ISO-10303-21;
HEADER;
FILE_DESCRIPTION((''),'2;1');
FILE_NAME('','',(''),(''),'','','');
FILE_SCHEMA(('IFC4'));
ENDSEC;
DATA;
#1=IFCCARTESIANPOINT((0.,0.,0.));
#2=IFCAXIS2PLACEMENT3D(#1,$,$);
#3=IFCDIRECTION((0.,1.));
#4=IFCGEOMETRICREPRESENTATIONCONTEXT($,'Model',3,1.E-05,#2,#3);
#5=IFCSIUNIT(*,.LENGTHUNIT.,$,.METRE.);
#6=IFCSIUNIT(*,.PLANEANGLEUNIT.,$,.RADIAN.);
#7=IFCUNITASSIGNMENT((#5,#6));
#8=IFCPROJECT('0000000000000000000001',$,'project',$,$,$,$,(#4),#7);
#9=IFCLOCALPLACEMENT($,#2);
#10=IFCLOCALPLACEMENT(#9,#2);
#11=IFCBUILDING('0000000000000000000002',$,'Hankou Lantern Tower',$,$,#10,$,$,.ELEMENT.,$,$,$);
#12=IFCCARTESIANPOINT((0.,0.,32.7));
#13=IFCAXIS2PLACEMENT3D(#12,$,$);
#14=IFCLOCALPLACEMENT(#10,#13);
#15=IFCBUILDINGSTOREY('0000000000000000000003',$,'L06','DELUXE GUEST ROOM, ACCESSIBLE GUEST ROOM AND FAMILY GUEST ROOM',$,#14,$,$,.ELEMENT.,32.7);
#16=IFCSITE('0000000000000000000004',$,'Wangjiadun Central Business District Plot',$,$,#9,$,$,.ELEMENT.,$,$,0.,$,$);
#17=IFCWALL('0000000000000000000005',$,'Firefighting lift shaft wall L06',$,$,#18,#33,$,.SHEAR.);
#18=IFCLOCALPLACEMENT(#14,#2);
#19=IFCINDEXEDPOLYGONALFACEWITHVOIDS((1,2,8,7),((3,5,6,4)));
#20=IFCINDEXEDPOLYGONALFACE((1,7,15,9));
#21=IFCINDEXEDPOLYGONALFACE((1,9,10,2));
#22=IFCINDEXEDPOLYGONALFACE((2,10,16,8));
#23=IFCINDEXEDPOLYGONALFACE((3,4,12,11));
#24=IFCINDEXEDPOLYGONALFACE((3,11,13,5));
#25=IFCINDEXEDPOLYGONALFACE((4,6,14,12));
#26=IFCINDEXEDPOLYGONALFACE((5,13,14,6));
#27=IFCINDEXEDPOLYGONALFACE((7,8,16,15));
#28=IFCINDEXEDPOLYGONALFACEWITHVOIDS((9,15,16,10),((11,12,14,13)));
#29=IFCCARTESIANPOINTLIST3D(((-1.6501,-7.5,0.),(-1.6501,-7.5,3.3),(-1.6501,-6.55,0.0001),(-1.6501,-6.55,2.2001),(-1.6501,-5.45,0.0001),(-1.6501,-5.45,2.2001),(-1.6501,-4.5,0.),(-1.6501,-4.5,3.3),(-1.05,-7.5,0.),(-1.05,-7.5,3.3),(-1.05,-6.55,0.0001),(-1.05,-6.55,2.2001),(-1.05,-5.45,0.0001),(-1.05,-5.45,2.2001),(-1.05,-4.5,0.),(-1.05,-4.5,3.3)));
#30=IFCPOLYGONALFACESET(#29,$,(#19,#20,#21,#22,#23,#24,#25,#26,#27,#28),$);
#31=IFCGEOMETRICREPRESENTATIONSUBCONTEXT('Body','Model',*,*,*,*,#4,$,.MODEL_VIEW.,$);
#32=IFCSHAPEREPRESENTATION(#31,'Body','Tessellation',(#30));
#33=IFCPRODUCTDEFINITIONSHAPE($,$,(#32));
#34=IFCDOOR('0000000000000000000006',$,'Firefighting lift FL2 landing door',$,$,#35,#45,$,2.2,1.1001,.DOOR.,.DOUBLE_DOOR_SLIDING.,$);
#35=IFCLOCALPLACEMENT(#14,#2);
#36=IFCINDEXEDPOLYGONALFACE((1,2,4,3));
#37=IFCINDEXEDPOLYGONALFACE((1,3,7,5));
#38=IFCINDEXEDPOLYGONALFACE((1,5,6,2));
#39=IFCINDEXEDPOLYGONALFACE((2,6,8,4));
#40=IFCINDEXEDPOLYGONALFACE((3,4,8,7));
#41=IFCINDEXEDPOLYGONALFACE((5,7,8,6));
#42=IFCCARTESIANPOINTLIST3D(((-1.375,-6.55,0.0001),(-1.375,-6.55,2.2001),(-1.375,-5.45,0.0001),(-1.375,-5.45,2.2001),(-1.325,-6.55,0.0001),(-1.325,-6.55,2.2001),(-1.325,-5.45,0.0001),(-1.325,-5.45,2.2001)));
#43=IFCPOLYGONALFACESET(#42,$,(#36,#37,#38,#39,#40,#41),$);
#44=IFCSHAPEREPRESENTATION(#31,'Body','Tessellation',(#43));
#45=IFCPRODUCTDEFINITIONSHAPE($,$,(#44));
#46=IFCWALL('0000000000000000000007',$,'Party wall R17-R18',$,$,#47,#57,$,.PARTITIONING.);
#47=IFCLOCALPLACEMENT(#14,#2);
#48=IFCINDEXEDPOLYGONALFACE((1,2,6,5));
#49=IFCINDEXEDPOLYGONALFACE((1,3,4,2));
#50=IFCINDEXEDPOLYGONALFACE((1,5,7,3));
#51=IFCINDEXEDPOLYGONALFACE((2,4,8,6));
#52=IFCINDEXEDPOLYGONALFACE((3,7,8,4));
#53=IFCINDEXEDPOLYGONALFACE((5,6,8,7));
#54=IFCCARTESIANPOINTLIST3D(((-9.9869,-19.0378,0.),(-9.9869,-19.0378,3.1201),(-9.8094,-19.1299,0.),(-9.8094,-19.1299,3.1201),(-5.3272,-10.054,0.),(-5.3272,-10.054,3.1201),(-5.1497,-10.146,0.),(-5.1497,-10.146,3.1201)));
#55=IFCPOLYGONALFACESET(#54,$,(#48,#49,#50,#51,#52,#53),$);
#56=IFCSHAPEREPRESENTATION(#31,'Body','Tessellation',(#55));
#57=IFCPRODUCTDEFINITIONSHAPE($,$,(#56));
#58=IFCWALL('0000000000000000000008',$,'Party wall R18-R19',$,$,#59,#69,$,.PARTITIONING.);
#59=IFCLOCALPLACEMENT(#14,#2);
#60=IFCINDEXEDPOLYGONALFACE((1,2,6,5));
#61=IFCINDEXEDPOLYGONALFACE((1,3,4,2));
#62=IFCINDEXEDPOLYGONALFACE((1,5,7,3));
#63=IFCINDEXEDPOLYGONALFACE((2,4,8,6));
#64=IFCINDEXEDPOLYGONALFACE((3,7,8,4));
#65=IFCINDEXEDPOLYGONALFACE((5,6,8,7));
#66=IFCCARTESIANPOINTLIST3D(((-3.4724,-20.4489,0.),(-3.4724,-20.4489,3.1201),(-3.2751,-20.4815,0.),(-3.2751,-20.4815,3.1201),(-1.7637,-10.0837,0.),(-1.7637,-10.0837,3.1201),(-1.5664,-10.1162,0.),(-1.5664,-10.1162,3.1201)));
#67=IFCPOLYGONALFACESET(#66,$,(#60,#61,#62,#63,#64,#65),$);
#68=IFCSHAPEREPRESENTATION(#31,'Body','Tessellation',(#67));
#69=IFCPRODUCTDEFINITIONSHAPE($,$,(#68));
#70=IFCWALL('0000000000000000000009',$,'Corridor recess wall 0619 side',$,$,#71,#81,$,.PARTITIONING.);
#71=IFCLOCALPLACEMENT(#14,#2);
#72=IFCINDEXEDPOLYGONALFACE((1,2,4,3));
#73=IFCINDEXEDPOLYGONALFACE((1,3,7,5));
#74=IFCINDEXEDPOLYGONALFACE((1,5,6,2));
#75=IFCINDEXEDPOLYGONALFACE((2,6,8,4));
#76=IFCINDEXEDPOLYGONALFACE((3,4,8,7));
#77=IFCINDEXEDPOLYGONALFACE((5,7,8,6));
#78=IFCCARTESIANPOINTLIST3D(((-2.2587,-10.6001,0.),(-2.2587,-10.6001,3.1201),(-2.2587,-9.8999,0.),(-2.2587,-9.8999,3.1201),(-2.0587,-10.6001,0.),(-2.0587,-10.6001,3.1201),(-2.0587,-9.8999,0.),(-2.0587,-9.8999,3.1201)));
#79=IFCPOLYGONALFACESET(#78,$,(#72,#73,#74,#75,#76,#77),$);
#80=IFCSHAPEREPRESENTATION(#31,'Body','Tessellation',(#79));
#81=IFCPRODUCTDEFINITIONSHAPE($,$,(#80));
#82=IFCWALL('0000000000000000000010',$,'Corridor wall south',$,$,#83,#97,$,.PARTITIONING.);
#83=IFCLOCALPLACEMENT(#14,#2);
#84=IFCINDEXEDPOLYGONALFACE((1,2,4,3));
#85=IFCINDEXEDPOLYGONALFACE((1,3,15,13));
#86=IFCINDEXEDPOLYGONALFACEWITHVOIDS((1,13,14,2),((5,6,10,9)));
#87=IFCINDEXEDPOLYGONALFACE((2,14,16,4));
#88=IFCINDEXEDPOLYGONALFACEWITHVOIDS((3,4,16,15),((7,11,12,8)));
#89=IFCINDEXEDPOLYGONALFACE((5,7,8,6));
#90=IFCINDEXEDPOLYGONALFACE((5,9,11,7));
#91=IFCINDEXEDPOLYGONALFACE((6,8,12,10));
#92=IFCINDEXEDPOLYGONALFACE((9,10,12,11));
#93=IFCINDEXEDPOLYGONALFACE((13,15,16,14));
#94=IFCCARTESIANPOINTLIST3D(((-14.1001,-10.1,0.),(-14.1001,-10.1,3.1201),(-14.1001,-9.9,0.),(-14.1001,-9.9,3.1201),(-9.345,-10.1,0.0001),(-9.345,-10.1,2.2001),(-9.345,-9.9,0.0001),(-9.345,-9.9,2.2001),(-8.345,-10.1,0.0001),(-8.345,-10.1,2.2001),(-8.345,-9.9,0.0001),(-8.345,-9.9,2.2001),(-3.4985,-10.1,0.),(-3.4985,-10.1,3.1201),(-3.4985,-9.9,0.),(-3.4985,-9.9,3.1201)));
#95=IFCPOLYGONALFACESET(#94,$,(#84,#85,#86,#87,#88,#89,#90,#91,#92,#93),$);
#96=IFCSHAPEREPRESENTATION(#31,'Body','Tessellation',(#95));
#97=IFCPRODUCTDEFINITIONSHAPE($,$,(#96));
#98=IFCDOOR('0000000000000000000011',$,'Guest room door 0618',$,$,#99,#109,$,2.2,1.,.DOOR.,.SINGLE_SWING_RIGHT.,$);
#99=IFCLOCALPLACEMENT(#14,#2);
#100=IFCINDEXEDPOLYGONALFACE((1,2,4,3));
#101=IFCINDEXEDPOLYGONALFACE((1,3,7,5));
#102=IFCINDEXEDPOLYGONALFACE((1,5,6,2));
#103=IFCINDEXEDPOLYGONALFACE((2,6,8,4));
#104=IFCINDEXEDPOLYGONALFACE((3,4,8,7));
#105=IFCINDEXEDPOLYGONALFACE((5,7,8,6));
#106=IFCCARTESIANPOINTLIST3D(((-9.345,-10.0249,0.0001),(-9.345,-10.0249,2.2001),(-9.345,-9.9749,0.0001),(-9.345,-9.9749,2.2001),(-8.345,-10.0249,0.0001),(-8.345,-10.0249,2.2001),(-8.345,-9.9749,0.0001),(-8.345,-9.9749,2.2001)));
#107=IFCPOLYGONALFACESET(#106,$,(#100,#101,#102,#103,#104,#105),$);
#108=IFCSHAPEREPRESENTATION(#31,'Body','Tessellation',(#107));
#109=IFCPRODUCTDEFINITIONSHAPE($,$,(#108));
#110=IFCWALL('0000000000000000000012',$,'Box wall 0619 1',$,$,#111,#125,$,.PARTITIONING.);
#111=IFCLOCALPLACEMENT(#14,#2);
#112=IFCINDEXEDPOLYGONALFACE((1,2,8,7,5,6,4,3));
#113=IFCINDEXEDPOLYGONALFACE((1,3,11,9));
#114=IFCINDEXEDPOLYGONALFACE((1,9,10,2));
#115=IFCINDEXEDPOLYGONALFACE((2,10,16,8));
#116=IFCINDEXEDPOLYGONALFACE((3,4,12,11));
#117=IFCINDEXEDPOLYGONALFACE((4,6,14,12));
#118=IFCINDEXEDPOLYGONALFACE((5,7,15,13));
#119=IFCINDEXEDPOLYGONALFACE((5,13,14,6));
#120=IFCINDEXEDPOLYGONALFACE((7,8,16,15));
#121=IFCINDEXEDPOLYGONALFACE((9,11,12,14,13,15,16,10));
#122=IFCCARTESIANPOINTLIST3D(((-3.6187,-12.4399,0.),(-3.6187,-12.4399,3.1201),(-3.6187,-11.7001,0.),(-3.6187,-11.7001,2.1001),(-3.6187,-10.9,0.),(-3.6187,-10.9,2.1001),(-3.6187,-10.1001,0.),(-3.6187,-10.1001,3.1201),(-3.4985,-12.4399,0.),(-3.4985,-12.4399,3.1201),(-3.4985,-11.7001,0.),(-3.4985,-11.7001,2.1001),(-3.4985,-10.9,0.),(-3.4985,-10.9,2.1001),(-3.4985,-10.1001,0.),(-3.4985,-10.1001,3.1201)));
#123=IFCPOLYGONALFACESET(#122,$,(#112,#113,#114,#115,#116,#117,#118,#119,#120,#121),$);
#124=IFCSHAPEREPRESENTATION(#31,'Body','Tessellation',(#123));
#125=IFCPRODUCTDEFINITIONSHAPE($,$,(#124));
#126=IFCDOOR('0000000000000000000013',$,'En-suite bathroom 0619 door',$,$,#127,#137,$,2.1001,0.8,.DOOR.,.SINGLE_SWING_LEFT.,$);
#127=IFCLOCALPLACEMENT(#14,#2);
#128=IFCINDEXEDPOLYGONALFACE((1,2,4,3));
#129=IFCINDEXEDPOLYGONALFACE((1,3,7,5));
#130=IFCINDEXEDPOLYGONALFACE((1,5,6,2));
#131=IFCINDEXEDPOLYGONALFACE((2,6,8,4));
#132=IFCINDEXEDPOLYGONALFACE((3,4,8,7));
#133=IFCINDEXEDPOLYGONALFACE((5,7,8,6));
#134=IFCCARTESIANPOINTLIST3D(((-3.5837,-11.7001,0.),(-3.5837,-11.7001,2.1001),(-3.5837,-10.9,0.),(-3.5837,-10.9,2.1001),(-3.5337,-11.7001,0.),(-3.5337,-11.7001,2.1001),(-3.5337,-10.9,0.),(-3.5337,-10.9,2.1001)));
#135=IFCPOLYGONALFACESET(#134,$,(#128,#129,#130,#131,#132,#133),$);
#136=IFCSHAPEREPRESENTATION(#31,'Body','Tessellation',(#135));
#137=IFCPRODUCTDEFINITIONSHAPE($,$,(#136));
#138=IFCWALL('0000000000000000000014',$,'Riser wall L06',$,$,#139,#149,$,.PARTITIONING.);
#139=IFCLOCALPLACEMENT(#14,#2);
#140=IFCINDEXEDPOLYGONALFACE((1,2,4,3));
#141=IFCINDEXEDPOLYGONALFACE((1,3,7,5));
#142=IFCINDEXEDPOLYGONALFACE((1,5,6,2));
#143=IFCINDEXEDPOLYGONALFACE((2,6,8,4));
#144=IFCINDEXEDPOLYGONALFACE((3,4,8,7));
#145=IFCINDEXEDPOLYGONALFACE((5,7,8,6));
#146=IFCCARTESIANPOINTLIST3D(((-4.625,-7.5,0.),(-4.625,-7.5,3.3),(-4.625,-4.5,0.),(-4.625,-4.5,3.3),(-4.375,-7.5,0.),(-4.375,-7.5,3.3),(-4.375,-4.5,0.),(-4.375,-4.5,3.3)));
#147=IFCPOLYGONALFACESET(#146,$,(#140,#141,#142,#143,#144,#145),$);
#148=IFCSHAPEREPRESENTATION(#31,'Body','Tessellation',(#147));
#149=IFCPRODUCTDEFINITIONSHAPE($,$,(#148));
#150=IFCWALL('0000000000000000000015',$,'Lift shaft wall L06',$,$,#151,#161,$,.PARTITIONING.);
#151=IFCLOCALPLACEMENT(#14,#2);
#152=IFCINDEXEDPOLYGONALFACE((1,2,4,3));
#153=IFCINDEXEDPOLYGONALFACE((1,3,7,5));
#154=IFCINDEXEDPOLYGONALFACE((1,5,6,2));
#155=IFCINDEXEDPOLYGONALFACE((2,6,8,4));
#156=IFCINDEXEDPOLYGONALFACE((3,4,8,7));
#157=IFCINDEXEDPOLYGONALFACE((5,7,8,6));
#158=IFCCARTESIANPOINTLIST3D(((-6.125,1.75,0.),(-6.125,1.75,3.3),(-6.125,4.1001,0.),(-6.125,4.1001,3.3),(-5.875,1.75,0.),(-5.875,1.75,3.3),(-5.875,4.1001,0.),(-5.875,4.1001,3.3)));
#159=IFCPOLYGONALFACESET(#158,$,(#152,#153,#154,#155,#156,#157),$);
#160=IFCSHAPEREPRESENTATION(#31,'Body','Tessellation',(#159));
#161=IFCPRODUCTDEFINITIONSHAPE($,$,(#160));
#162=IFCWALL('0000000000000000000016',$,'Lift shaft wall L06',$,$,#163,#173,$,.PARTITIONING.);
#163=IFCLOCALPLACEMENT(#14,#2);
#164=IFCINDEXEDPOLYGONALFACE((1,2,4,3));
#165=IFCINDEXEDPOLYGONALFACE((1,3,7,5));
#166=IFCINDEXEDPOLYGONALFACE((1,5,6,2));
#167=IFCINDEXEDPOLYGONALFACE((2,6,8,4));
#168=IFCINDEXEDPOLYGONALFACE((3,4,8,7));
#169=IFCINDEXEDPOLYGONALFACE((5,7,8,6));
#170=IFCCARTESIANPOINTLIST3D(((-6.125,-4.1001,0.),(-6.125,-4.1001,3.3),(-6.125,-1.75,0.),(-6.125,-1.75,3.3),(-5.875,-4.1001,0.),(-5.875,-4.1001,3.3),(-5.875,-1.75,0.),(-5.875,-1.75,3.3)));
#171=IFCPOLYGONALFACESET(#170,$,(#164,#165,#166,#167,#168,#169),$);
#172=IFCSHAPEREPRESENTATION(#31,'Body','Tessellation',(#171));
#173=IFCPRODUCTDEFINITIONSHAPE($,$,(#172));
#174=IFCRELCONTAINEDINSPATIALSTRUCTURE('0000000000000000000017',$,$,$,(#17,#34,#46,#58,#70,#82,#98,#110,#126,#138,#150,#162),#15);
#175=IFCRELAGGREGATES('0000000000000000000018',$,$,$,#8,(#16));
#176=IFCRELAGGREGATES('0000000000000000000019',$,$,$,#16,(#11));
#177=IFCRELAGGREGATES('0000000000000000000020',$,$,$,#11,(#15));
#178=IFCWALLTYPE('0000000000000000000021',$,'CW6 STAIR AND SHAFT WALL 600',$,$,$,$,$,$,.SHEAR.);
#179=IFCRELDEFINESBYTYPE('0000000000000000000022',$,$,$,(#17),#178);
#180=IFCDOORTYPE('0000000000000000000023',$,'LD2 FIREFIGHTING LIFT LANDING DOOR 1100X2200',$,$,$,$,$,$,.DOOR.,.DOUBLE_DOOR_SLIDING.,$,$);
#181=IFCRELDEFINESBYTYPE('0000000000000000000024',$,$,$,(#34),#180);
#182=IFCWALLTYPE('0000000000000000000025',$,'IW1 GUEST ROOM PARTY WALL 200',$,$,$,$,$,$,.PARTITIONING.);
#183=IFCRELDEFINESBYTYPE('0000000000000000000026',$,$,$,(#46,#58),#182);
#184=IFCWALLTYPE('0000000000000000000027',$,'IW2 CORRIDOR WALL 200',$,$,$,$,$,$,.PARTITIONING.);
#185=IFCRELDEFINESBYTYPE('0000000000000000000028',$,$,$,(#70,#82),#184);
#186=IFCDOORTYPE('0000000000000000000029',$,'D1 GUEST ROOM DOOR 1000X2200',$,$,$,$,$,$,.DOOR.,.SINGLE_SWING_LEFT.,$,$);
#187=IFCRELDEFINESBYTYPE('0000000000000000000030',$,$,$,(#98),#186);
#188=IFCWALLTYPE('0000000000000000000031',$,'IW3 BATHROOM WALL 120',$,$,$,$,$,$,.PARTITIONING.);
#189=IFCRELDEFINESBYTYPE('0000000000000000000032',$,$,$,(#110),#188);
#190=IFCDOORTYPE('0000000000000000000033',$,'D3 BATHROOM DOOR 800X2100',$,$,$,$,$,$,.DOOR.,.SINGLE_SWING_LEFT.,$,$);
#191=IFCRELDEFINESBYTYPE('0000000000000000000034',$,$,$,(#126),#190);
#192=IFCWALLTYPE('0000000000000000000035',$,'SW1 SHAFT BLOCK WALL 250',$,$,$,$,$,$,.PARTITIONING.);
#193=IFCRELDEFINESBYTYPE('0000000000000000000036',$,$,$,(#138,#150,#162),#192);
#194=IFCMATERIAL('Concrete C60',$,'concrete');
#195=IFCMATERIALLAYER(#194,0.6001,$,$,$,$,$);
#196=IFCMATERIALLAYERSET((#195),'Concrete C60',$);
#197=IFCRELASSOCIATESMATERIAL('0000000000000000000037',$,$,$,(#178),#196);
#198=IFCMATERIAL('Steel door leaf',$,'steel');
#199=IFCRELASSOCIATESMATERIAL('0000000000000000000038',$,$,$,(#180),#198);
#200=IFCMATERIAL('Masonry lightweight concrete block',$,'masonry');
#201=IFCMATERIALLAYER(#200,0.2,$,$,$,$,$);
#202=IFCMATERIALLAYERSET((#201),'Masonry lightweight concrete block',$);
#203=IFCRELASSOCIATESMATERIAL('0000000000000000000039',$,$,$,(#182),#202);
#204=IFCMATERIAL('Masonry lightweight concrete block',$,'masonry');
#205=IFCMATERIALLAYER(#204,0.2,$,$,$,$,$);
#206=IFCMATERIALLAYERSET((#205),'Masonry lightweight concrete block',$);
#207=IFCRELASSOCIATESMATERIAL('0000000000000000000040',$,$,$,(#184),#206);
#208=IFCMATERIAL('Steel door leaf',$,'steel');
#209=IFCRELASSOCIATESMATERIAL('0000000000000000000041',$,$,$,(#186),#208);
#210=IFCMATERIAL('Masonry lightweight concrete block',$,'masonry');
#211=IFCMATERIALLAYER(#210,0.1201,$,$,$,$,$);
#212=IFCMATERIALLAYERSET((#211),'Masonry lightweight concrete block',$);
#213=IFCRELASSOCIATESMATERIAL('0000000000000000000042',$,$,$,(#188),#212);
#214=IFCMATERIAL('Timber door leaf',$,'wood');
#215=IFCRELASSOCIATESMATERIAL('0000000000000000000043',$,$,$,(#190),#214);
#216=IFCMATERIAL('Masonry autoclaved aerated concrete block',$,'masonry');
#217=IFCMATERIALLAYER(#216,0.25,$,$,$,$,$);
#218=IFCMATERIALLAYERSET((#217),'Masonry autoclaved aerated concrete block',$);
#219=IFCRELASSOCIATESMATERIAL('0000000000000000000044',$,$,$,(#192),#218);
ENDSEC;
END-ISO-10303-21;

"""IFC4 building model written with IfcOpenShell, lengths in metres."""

from ifc_helpers import new_model, si_unit, direction, frame, frame_2d, origin, place, context, subcontext, project, spatial, rectangle, extrude, material, layer, layer_set, type_object, element, fill, save


model = new_model("IFC4")

# Units and contexts
model_context = context("Model", 3, precision=1e-05, world=origin(), true_north=direction((0.0, 1.0)))
body_context = subcontext(model_context, "Body", "Model", "MODEL_VIEW")
ifc_project = project(units=[si_unit("LENGTHUNIT", "METRE"), si_unit("PLANEANGLEUNIT", "RADIAN")], contexts=[model_context])

# Site, building, storey
site_placement = place(None, origin())
site = spatial("IfcSite", under=ifc_project, at=site_placement, Name="Wangjiadun Central Business District Plot", CompositionType="ELEMENT", RefElevation=0.0)
building_placement = place(site_placement, origin())
building = spatial("IfcBuilding", under=site, at=building_placement, Name="Hankou Lantern Tower", CompositionType="ELEMENT")
storey_placement = place(building_placement, frame((0.0, 0.0, 32.7)))
storey = spatial("IfcBuildingStorey", under=building, at=storey_placement, Name="L06", Description="DELUXE GUEST ROOM, ACCESSIBLE GUEST ROOM AND FAMILY GUEST ROOM", CompositionType="ELEMENT", Elevation=32.7)

# Wall, opening, door
ifc_material_1 = material(Name="Concrete C60", Category="concrete")
ifc_layer_1 = layer(ifc_material_1, 0.6001)
ifc_layer_set_1 = layer_set([ifc_layer_1], Name="Concrete C60")
wall_type_1 = type_object("IfcWallType", Name="CW6 STAIR AND SHAFT WALL 600", PredefinedType="SHEAR", material=ifc_layer_set_1)
wall_1_placement = place(storey_placement, frame((-1.3501, -7.5, 0.0), z_axis=(0.0, 0.0, 1.0), x_axis=(0.0, 1.0, 0.0)))
wall_1 = element("IfcWall", 1, at=wall_1_placement, inside=storey, type_object=wall_type_1, Name="Firefighting lift shaft wall L06", PredefinedType="SHEAR", context=body_context, shape_type="SweptSolid", body=[
    extrude(rectangle(XDim=3.0, YDim=0.6001, at=frame_2d((1.5, 0.0))), origin(), (0.0, 0.0, 1.0), 3.3),
])
opening_1_placement = place(wall_1_placement, frame((0.95, 0.0, 0.0)))
opening_1 = element("IfcOpeningElement", 2, at=opening_1_placement, cuts=wall_1, PredefinedType="OPENING", context=body_context, shape_type="SweptSolid", body=[
    extrude(rectangle(XDim=1.1001, YDim=2.2, at=frame_2d((0.55, 1.1001))), frame((0.0, 0.3101, 0.0), z_axis=(0.0, -1.0, 0.0), x_axis=(1.0, 0.0, 0.0)), (0.0, 0.0, 1.0), 0.6201),
])
ifc_material_2 = material(Name="Steel door leaf", Category="steel")
door_type_1 = type_object("IfcDoorType", Name="LD2 FIREFIGHTING LIFT LANDING DOOR 1100X2200", OperationType="DOUBLE_DOOR_SLIDING", PredefinedType="DOOR", material=ifc_material_2)
door_1_placement = place(opening_1_placement, origin())
door_1 = element("IfcDoor", 3, at=door_1_placement, inside=storey, type_object=door_type_1, Name="Firefighting lift FL2 landing door", OperationType="DOUBLE_DOOR_SLIDING", OverallHeight=2.2, OverallWidth=1.1001, PredefinedType="DOOR", context=body_context, shape_type="SweptSolid", body=[
    extrude(rectangle(XDim=1.1001, YDim=2.2, at=frame_2d((0.55, 1.1001))), frame((0.0, 0.0249, 0.0), z_axis=(0.0, -1.0, 0.0), x_axis=(1.0, 0.0, 0.0)), (0.0, 0.0, 1.0), 0.05),
])
fill(opening_1, door_1)

# Walls
ifc_material_3 = material(Name="Masonry lightweight concrete block", Category="masonry")
ifc_layer_2 = layer(ifc_material_3, 0.2)
ifc_layer_set_2 = layer_set([ifc_layer_2], Name="Masonry lightweight concrete block")
wall_type_2 = type_object("IfcWallType", Name="IW1 GUEST ROOM PARTY WALL 200", PredefinedType="PARTITIONING", material=ifc_layer_set_2)
wall_2_placement = place(storey_placement, frame((-5.2385, -10.1001, 0.0), z_axis=(0.0, 0.0, 1.0), x_axis=(-0.460423, -0.8877, 0.0)))
element("IfcWall", 4, at=wall_2_placement, inside=storey, type_object=wall_type_2, Name="Party wall R17-R18", PredefinedType="PARTITIONING", context=body_context, shape_type="SweptSolid", body=[
    extrude(rectangle(XDim=10.1204, YDim=0.2, at=frame_2d((5.0601, 0.0))), origin(), (0.0, 0.0, 1.0), 3.1201),
])
wall_3_placement = place(storey_placement, frame((-1.665, -10.1001, 0.0), z_axis=(0.0, 0.0, 1.0), x_axis=(-0.162658, -0.986683, 0.0)))
element("IfcWall", 5, at=wall_3_placement, inside=storey, type_object=wall_type_2, Name="Party wall R18-R19", PredefinedType="PARTITIONING", context=body_context, shape_type="SweptSolid", body=[
    extrude(rectangle(XDim=10.5051, YDim=0.2, at=frame_2d((5.2524, 0.0))), origin(), (0.0, 0.0, 1.0), 3.1201),
])
ifc_material_4 = material(Name="Masonry lightweight concrete block", Category="masonry")
ifc_layer_3 = layer(ifc_material_4, 0.2)
ifc_layer_set_3 = layer_set([ifc_layer_3], Name="Masonry lightweight concrete block")
wall_type_3 = type_object("IfcWallType", Name="IW2 CORRIDOR WALL 200", PredefinedType="PARTITIONING", material=ifc_layer_set_3)
wall_4_placement = place(storey_placement, frame((-2.1587, -9.8999, 0.0), z_axis=(0.0, 0.0, 1.0), x_axis=(0.0, -1.0, 0.0)))
element("IfcWall", 6, at=wall_4_placement, inside=storey, type_object=wall_type_3, Name="Corridor recess wall 0619 side", PredefinedType="PARTITIONING", context=body_context, shape_type="SweptSolid", body=[
    extrude(rectangle(XDim=0.7002, YDim=0.2, at=frame_2d((0.3501, 0.0))), origin(), (0.0, 0.0, 1.0), 3.1201),
])

# Walls, openings, doors
wall_5_placement = place(storey_placement, frame((-3.4985, -10.0, 0.0), z_axis=(0.0, 0.0, 1.0), x_axis=(-1.0, 0.0, 0.0)))
wall_5 = element("IfcWall", 7, at=wall_5_placement, inside=storey, type_object=wall_type_3, Name="Corridor wall south", PredefinedType="PARTITIONING", context=body_context, shape_type="SweptSolid", body=[
    extrude(rectangle(XDim=10.6016, YDim=0.2, at=frame_2d((5.3008, 0.0))), origin(), (0.0, 0.0, 1.0), 3.1201),
])
opening_2_placement = place(wall_5_placement, frame((4.8464, 0.0, 0.0)))
opening_2 = element("IfcOpeningElement", 8, at=opening_2_placement, cuts=wall_5, PredefinedType="OPENING", context=body_context, shape_type="SweptSolid", body=[
    extrude(rectangle(XDim=1.0, YDim=2.2, at=frame_2d((0.5, 1.1001))), frame((0.0, 0.1099, 0.0), z_axis=(0.0, -1.0, 0.0), x_axis=(1.0, 0.0, 0.0)), (0.0, 0.0, 1.0), 0.22),
])
ifc_material_5 = material(Name="Steel door leaf", Category="steel")
door_type_2 = type_object("IfcDoorType", Name="D1 GUEST ROOM DOOR 1000X2200", OperationType="SINGLE_SWING_LEFT", PredefinedType="DOOR", material=ifc_material_5)
door_2_placement = place(opening_2_placement, origin())
door_2 = element("IfcDoor", 9, at=door_2_placement, inside=storey, type_object=door_type_2, Name="Guest room door 0618", OperationType="SINGLE_SWING_RIGHT", OverallHeight=2.2, OverallWidth=1.0, PredefinedType="DOOR", context=body_context, shape_type="SweptSolid", body=[
    extrude(rectangle(XDim=1.0, YDim=2.2, at=frame_2d((0.5, 1.1001))), frame((0.0, 0.0249, 0.0), z_axis=(0.0, -1.0, 0.0), x_axis=(1.0, 0.0, 0.0)), (0.0, 0.0, 1.0), 0.05),
])
fill(opening_2, door_2)
ifc_material_6 = material(Name="Masonry lightweight concrete block", Category="masonry")
ifc_layer_4 = layer(ifc_material_6, 0.1201)
ifc_layer_set_4 = layer_set([ifc_layer_4], Name="Masonry lightweight concrete block")
wall_type_4 = type_object("IfcWallType", Name="IW3 BATHROOM WALL 120", PredefinedType="PARTITIONING", material=ifc_layer_set_4)
wall_6_placement = place(storey_placement, frame((-3.5586, -10.1001, 0.0), z_axis=(0.0, 0.0, 1.0), x_axis=(0.0, -1.0, 0.0)))
wall_6 = element("IfcWall", 10, at=wall_6_placement, inside=storey, type_object=wall_type_4, Name="Box wall 0619 1", PredefinedType="PARTITIONING", context=body_context, shape_type="SweptSolid", body=[
    extrude(rectangle(XDim=2.3398, YDim=0.1201, at=frame_2d((1.1699, 0.0))), origin(), (0.0, 0.0, 1.0), 3.1201),
])
opening_3_placement = place(wall_6_placement, frame((0.8, 0.0, 0.0)))
opening_3 = element("IfcOpeningElement", 11, at=opening_3_placement, cuts=wall_6, PredefinedType="OPENING", context=body_context, shape_type="SweptSolid", body=[
    extrude(rectangle(XDim=0.8, YDim=2.1001, at=frame_2d((0.3999, 1.05))), frame((0.0, 0.0701, 0.0), z_axis=(0.0, -1.0, 0.0), x_axis=(1.0, 0.0, 0.0)), (0.0, 0.0, 1.0), 0.1401),
])
ifc_material_7 = material(Name="Timber door leaf", Category="wood")
door_type_3 = type_object("IfcDoorType", Name="D3 BATHROOM DOOR 800X2100", OperationType="SINGLE_SWING_LEFT", PredefinedType="DOOR", material=ifc_material_7)
door_3_placement = place(opening_3_placement, origin())
door_3 = element("IfcDoor", 12, at=door_3_placement, inside=storey, type_object=door_type_3, Name="En-suite bathroom 0619 door", OperationType="SINGLE_SWING_LEFT", OverallHeight=2.1001, OverallWidth=0.8, PredefinedType="DOOR", context=body_context, shape_type="SweptSolid", body=[
    extrude(rectangle(XDim=0.8, YDim=2.1001, at=frame_2d((0.3999, 1.05))), frame((0.0, 0.0249, 0.0), z_axis=(0.0, -1.0, 0.0), x_axis=(1.0, 0.0, 0.0)), (0.0, 0.0, 1.0), 0.05),
])
fill(opening_3, door_3)

# Walls
ifc_material_8 = material(Name="Masonry autoclaved aerated concrete block", Category="masonry")
ifc_layer_5 = layer(ifc_material_8, 0.25)
ifc_layer_set_5 = layer_set([ifc_layer_5], Name="Masonry autoclaved aerated concrete block")
wall_type_5 = type_object("IfcWallType", Name="SW1 SHAFT BLOCK WALL 250", PredefinedType="PARTITIONING", material=ifc_layer_set_5)
wall_7_placement = place(storey_placement, frame((-4.5, -7.5, 0.0), z_axis=(0.0, 0.0, 1.0), x_axis=(0.0, 1.0, 0.0)))
element("IfcWall", 13, at=wall_7_placement, inside=storey, type_object=wall_type_5, Name="Riser wall L06", PredefinedType="PARTITIONING", context=body_context, shape_type="SweptSolid", body=[
    extrude(rectangle(XDim=3.0, YDim=0.25, at=frame_2d((1.5, 0.0))), origin(), (0.0, 0.0, 1.0), 3.3),
])
for number, where, z_axis, x_axis, name in (
    (14, (-6.0, 1.75, 0.0), (0.0, 0.0, 1.0), (0.0, 1.0, 0.0), "Lift shaft wall L06"),
    (15, (-6.0, -4.1001, 0.0), (0.0, 0.0, 1.0), (0.0, 1.0, 0.0), "Lift shaft wall L06"),
):
    element("IfcWall", number, at=place(storey_placement, frame(where, z_axis=z_axis, x_axis=x_axis)), inside=storey, type_object=wall_type_5, Name=name, PredefinedType="PARTITIONING", context=body_context, shape_type="SweptSolid", body=[
        extrude(rectangle(XDim=2.3501, YDim=0.25, at=frame_2d((1.175, 0.0))), origin(), (0.0, 0.0, 1.0), 3.3),
    ])

save(model, "model.ifc")
